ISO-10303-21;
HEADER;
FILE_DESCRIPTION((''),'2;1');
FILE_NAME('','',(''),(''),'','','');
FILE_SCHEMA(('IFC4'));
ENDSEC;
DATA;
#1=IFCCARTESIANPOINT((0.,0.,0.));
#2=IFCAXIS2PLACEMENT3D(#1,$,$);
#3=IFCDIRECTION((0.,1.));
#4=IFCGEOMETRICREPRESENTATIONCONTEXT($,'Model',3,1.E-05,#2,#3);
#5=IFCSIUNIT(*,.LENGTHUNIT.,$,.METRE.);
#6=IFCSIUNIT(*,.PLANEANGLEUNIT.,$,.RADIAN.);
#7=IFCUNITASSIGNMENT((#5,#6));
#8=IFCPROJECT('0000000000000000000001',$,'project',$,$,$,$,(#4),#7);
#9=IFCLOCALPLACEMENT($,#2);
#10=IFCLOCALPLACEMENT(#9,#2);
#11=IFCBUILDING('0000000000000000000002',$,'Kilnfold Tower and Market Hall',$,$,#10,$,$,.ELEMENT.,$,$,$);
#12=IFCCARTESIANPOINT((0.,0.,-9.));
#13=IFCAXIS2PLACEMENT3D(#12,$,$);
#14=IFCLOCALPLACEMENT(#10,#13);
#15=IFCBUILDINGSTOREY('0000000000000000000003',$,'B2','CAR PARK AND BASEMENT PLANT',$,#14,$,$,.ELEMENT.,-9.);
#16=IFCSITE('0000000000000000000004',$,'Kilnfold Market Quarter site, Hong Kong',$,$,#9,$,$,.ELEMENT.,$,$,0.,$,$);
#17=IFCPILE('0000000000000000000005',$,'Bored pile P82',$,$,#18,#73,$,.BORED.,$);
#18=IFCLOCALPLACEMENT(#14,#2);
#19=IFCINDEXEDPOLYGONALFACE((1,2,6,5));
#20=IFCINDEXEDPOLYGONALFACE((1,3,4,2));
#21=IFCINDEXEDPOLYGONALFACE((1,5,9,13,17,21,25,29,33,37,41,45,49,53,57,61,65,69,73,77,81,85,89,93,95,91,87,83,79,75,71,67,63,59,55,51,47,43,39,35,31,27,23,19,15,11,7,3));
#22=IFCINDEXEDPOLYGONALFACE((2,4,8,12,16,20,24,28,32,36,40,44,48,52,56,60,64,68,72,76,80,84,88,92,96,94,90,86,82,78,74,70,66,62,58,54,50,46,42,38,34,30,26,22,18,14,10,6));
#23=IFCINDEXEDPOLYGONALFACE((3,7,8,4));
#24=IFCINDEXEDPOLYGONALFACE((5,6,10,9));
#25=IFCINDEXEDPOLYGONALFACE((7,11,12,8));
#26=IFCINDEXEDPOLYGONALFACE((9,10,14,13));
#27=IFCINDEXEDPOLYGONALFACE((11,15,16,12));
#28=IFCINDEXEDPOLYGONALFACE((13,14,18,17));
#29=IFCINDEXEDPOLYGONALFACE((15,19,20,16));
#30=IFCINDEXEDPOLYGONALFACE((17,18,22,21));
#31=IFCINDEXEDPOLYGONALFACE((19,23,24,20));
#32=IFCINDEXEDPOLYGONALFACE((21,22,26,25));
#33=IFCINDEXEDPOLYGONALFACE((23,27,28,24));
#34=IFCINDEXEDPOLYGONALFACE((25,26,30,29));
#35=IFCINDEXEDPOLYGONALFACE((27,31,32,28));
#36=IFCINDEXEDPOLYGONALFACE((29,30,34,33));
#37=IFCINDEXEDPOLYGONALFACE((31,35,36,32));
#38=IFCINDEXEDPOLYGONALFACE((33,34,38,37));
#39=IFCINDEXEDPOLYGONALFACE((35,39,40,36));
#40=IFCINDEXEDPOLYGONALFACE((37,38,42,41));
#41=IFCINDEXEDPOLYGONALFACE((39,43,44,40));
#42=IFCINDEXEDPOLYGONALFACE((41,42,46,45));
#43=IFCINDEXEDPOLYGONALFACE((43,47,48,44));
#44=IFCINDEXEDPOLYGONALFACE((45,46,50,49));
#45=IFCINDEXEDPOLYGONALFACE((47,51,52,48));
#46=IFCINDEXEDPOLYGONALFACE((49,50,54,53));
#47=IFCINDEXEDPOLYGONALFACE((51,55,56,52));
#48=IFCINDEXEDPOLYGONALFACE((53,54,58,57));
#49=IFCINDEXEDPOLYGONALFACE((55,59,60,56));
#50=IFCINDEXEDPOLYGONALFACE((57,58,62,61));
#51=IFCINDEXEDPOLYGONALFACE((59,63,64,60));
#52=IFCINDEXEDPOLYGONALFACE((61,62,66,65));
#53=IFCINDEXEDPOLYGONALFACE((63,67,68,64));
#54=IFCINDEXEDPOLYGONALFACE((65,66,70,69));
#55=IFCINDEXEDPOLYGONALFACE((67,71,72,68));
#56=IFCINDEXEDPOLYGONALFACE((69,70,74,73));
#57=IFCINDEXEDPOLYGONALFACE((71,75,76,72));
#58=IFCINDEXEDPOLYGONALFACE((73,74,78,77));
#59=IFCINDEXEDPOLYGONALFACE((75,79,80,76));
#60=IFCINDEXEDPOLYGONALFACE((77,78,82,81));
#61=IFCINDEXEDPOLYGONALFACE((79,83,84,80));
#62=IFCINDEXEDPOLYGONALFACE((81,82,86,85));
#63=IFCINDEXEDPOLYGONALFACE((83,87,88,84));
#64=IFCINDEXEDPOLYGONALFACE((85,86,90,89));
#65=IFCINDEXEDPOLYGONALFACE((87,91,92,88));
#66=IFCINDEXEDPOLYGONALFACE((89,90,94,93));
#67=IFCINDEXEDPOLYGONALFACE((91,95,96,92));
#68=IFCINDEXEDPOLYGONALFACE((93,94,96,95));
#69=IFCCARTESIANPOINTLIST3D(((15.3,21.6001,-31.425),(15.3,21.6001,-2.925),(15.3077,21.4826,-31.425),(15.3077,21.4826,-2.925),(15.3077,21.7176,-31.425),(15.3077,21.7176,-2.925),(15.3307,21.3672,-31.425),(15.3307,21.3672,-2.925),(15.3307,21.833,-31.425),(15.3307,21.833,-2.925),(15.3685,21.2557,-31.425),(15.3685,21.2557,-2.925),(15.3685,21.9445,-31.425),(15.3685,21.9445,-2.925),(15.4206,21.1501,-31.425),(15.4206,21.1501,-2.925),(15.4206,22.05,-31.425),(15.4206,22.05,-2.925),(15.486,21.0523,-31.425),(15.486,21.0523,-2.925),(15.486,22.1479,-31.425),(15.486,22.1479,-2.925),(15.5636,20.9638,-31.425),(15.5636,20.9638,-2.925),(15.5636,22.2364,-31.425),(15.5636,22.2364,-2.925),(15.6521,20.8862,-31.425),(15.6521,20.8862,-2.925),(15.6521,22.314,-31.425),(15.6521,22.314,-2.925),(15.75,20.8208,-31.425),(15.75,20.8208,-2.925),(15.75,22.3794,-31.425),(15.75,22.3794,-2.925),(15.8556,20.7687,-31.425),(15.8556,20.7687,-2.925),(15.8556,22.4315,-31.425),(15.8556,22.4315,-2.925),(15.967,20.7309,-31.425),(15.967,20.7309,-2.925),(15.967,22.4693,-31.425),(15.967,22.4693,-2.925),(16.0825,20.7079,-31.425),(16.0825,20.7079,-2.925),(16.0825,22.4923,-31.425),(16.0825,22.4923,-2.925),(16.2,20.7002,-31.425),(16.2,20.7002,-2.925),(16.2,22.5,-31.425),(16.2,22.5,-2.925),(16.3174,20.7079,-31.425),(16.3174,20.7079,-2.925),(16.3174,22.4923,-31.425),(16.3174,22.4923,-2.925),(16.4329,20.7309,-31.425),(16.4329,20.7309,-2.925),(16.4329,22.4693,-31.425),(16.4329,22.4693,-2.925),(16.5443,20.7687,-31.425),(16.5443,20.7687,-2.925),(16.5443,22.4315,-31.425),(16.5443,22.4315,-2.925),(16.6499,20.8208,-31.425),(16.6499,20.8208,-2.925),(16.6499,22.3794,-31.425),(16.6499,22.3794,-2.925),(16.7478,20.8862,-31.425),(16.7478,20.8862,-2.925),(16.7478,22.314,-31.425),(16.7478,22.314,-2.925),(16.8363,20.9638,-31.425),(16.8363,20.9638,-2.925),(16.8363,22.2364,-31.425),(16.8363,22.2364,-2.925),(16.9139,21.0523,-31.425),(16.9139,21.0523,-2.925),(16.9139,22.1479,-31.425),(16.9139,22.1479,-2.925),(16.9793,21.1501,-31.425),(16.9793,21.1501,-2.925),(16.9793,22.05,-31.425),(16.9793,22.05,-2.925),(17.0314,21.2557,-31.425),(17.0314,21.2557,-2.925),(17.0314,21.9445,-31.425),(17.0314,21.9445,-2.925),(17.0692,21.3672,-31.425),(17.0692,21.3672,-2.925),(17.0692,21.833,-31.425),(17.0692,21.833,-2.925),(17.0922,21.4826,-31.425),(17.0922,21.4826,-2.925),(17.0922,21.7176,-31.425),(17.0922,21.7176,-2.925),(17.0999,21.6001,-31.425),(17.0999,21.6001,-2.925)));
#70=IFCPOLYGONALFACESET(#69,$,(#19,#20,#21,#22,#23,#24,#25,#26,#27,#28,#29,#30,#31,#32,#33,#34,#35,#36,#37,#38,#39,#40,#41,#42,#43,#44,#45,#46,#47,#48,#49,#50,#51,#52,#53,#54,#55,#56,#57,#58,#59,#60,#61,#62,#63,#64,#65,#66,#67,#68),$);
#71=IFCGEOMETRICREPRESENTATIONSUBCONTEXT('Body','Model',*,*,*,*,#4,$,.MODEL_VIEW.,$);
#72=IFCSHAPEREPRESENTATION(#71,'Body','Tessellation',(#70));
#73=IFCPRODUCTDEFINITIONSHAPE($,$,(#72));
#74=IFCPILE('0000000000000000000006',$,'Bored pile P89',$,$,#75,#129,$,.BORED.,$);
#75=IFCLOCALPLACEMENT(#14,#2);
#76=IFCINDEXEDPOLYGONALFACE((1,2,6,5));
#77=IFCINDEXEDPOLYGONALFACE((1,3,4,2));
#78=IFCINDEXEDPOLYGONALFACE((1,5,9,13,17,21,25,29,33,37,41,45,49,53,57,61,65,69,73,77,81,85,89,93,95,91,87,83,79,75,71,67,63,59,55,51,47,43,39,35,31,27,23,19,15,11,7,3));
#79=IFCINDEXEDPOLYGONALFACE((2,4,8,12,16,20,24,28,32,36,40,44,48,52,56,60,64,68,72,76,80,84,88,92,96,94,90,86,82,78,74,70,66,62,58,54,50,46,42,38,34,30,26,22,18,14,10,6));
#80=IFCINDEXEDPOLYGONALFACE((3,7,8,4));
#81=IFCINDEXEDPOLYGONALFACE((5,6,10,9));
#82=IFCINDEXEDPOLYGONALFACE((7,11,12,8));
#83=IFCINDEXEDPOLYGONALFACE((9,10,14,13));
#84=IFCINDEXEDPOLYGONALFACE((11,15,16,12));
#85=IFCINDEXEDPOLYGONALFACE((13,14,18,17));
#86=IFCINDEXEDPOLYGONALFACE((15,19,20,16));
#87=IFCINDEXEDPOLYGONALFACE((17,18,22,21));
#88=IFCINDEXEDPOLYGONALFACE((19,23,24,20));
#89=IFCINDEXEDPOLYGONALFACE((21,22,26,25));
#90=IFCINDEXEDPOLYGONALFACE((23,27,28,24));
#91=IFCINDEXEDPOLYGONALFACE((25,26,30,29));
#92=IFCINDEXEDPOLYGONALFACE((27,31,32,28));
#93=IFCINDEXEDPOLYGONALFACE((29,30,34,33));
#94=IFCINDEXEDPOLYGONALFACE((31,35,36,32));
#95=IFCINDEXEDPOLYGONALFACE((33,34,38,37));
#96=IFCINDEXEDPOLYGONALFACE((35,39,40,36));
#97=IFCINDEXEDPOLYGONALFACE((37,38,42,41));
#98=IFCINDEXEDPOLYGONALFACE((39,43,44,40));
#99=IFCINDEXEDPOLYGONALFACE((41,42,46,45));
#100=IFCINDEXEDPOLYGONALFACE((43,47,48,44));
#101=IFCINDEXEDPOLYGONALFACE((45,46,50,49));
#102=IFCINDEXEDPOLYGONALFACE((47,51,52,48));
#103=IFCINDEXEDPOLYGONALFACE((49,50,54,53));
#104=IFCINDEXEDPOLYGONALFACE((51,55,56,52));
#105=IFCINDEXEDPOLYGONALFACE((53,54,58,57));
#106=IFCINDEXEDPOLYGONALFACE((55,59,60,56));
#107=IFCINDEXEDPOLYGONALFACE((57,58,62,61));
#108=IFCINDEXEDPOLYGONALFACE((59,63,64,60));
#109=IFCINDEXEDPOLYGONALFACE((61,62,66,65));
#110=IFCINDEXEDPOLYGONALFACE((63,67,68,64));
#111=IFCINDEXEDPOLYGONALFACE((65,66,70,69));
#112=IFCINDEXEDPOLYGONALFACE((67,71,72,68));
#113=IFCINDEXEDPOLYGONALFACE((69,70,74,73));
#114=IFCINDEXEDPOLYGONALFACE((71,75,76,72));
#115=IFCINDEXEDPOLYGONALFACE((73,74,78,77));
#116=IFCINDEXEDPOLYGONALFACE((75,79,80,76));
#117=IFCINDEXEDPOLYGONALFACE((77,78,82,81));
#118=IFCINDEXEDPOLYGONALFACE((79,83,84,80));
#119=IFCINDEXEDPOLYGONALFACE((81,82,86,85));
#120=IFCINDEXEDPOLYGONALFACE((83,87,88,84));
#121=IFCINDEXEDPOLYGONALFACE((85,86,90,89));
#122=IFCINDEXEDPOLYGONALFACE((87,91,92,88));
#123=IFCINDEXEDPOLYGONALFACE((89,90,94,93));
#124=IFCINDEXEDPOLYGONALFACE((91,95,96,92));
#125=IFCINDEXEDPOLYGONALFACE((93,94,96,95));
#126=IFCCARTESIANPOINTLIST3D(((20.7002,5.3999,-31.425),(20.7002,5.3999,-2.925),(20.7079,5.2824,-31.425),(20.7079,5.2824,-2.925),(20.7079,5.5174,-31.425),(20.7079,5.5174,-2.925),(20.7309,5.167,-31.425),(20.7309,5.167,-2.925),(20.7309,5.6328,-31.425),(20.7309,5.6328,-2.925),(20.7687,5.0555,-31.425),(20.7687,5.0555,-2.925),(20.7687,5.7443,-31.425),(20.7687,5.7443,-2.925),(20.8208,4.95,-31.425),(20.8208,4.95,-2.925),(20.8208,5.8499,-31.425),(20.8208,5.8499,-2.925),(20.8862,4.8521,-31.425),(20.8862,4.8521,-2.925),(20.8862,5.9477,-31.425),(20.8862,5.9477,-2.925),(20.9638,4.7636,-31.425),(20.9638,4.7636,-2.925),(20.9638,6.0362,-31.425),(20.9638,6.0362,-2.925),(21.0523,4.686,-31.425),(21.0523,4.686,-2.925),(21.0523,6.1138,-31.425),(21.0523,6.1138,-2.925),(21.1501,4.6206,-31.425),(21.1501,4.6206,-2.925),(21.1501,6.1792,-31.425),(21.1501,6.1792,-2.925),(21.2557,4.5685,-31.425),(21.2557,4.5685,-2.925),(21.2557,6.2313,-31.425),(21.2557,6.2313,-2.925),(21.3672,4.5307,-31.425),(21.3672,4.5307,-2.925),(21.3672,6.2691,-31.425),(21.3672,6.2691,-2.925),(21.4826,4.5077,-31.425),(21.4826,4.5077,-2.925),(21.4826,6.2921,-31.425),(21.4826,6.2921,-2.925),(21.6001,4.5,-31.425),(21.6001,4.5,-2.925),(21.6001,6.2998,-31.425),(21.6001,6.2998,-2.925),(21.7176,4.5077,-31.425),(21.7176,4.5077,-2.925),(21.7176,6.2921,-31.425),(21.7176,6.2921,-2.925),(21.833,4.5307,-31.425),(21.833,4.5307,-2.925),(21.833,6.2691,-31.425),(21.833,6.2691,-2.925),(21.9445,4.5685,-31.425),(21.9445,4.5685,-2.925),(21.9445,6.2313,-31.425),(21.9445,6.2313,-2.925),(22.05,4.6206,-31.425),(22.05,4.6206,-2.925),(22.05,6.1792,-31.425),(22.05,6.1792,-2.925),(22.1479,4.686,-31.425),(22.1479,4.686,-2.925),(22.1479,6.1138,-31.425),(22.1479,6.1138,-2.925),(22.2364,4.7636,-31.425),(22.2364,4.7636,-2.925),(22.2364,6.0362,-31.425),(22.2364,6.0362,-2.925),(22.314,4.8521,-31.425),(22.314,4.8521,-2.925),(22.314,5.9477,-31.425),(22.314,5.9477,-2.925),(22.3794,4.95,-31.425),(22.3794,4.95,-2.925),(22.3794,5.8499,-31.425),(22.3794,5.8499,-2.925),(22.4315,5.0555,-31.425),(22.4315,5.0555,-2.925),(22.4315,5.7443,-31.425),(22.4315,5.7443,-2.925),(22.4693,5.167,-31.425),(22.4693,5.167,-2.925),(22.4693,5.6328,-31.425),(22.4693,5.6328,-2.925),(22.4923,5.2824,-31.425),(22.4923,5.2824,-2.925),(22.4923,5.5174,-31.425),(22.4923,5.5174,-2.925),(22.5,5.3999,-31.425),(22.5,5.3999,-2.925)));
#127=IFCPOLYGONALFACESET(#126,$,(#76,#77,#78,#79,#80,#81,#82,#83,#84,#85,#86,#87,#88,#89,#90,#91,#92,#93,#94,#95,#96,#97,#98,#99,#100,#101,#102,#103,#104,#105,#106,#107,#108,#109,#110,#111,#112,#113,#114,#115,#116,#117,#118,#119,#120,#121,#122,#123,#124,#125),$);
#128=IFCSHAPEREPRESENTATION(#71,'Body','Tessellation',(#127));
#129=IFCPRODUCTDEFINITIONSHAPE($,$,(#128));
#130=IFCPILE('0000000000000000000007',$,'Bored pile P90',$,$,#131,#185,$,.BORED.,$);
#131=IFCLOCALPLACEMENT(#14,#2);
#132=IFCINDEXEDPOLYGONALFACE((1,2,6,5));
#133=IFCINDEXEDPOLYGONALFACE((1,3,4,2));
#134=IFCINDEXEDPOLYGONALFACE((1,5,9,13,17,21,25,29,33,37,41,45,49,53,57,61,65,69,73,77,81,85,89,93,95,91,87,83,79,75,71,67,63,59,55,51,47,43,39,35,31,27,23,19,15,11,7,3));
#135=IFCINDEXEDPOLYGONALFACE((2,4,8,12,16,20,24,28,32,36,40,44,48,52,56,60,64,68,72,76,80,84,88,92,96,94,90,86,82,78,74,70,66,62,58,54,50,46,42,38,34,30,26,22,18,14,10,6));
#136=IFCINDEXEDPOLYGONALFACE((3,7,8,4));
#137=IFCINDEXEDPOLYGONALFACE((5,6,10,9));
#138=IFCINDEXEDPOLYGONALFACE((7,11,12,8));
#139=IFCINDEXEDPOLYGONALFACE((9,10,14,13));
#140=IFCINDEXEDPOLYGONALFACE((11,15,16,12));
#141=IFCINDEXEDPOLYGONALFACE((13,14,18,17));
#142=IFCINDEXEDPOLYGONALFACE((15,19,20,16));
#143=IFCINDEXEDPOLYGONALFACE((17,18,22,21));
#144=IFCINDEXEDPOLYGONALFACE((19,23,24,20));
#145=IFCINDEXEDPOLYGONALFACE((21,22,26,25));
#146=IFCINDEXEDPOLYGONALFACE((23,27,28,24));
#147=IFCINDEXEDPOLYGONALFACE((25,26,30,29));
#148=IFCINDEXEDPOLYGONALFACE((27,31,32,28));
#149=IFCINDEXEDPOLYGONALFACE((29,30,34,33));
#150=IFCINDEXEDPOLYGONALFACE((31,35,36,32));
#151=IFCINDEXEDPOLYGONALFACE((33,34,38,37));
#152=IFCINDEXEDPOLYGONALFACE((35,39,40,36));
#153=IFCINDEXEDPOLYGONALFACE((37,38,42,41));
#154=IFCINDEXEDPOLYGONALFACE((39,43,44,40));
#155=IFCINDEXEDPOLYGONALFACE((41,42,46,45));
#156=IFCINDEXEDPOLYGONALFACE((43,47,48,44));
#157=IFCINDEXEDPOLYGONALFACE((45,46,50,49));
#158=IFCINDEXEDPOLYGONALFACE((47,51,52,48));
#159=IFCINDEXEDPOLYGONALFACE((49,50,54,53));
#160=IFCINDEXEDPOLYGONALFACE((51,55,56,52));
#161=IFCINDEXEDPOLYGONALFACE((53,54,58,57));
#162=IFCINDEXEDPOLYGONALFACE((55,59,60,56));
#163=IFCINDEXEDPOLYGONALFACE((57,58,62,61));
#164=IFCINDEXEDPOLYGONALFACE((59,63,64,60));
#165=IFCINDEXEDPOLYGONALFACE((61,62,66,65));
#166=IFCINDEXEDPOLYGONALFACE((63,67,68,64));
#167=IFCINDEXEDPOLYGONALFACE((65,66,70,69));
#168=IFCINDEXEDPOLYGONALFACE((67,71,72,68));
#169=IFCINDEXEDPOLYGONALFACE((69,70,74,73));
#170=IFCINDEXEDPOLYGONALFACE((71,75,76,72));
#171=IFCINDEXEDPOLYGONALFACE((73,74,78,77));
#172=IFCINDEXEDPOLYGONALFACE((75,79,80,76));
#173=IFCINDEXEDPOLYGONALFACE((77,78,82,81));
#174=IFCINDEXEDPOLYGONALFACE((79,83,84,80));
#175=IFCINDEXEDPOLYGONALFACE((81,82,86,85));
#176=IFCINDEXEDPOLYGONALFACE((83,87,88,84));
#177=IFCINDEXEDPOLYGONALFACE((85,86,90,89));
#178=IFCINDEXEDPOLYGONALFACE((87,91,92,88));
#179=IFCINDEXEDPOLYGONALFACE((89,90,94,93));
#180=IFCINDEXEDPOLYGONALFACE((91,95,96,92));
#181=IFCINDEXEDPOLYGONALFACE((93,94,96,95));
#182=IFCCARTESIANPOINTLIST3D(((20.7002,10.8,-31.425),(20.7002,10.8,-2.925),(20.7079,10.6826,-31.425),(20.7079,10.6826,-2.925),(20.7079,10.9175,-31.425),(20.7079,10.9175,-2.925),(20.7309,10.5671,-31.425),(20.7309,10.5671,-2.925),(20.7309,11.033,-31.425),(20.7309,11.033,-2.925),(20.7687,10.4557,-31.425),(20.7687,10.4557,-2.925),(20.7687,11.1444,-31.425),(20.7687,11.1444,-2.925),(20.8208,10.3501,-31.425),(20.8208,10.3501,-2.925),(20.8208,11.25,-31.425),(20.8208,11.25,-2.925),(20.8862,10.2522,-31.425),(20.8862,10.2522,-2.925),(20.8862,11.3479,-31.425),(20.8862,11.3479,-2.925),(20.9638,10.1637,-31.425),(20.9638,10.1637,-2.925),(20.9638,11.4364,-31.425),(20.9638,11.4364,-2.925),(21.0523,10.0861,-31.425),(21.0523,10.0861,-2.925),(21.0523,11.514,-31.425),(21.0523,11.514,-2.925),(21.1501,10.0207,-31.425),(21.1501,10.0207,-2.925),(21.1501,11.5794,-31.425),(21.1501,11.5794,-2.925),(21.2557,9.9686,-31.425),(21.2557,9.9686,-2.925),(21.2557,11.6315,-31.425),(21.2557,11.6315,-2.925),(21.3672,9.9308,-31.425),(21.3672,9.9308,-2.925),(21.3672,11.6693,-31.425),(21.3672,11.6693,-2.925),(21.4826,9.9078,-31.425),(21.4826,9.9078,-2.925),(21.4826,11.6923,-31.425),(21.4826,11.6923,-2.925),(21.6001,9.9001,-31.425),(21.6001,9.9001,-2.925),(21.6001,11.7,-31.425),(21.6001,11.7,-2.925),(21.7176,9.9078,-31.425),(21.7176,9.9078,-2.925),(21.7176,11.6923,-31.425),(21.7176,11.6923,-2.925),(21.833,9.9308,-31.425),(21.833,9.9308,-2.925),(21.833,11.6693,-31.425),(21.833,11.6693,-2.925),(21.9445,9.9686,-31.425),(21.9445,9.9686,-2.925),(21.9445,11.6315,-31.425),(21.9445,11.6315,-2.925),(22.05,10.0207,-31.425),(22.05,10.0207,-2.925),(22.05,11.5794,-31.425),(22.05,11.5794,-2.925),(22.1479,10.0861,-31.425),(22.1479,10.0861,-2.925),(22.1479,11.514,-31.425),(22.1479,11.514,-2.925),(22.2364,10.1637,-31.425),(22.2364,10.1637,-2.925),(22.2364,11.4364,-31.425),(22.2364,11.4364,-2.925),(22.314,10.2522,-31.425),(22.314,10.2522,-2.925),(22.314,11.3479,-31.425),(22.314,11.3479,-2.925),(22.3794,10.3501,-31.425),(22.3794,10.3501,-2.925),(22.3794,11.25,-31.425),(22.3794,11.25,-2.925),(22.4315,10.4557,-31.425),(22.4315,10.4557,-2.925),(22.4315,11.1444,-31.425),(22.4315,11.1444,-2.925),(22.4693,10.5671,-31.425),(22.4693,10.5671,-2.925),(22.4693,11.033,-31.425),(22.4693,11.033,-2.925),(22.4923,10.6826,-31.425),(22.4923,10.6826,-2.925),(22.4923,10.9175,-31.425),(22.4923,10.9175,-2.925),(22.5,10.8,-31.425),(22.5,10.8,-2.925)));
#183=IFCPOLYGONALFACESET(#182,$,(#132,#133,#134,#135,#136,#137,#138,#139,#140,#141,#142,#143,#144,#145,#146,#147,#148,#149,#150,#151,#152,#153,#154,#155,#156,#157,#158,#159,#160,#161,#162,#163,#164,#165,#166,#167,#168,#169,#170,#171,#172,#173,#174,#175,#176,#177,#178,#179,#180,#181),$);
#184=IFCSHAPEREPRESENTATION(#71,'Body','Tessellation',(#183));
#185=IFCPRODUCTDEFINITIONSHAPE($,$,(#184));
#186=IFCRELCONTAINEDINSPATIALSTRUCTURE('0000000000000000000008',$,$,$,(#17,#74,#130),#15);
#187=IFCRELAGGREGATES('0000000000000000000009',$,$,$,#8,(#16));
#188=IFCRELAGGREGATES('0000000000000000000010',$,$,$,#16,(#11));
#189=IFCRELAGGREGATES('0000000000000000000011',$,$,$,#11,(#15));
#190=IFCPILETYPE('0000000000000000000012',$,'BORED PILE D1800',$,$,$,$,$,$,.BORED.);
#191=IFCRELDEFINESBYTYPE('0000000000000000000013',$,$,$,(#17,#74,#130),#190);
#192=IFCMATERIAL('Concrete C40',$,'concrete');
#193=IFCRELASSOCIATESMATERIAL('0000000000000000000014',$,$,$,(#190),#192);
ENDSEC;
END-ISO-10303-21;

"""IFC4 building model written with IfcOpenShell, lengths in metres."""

from ifc_helpers import new_model, si_unit, direction, frame, origin, origin_2d, place, context, subcontext, project, spatial, circle, extrude, source, transform, mapped, material, material_profile, profile_set, type_object, element, save


model = new_model("IFC4")

# Units and contexts
model_context = context("Model", 3, precision=1e-05, world=origin(), true_north=direction((0.0, 1.0)))
body_context = subcontext(model_context, "Body", "Model", "MODEL_VIEW")
ifc_project = project(units=[si_unit("LENGTHUNIT", "METRE"), si_unit("PLANEANGLEUNIT", "RADIAN")], contexts=[model_context])

# Site, building, storey
site_placement = place(None, origin())
site = spatial("IfcSite", under=ifc_project, at=site_placement, Name="Kilnfold Market Quarter site, Hong Kong", CompositionType="ELEMENT", RefElevation=0.0)
building_placement = place(site_placement, origin())
building = spatial("IfcBuilding", under=site, at=building_placement, Name="Kilnfold Tower and Market Hall", CompositionType="ELEMENT")
storey_placement = place(building_placement, frame((0.0, 0.0, -9.0)))
storey = spatial("IfcBuildingStorey", under=building, at=storey_placement, Name="B2", Description="CAR PARK AND BASEMENT PLANT", CompositionType="ELEMENT", Elevation=-9.0)

# Piles
ifc_material_1 = material(Name="Concrete C40", Category="concrete")
ifc_material_profile_1 = material_profile(ifc_material_1, circle(Radius=0.8999, at=origin_2d()), Name="RC D1800")
ifc_profile_set_1 = profile_set([ifc_material_profile_1], Name="Concrete C40")
pile_type_1 = type_object("IfcPileType", Name="BORED PILE D1800", PredefinedType="BORED", material=ifc_profile_set_1)
shared_shape_1 = source(origin(), body_context, "Body", "SweptSolid", [
    extrude(circle(Radius=0.8999, at=origin_2d()), origin(), (0.0, 0.0, 1.0), 28.5),
])
for number, where, z_axis, x_axis, name in (
    (1, (16.2, 21.6001, -2.925), (0.0, 0.0, -1.0), (1.0, 0.0, 0.0), "Bored pile P82"),
    (2, (21.6001, 5.3999, -2.925), (0.0, 0.0, -1.0), (1.0, 0.0, 0.0), "Bored pile P89"),
    (3, (21.6001, 10.8, -2.925), (0.0, 0.0, -1.0), (1.0, 0.0, 0.0), "Bored pile P90"),
):
    element("IfcPile", number, at=place(storey_placement, frame(where, z_axis=z_axis, x_axis=x_axis)), inside=storey, type_object=pile_type_1, Name=name, PredefinedType="BORED", context=body_context, shape_type="MappedRepresentation", body=[
        mapped(shared_shape_1, transform((0.0, 0.0, 0.0))),
    ])

save(model, "model.ifc")
